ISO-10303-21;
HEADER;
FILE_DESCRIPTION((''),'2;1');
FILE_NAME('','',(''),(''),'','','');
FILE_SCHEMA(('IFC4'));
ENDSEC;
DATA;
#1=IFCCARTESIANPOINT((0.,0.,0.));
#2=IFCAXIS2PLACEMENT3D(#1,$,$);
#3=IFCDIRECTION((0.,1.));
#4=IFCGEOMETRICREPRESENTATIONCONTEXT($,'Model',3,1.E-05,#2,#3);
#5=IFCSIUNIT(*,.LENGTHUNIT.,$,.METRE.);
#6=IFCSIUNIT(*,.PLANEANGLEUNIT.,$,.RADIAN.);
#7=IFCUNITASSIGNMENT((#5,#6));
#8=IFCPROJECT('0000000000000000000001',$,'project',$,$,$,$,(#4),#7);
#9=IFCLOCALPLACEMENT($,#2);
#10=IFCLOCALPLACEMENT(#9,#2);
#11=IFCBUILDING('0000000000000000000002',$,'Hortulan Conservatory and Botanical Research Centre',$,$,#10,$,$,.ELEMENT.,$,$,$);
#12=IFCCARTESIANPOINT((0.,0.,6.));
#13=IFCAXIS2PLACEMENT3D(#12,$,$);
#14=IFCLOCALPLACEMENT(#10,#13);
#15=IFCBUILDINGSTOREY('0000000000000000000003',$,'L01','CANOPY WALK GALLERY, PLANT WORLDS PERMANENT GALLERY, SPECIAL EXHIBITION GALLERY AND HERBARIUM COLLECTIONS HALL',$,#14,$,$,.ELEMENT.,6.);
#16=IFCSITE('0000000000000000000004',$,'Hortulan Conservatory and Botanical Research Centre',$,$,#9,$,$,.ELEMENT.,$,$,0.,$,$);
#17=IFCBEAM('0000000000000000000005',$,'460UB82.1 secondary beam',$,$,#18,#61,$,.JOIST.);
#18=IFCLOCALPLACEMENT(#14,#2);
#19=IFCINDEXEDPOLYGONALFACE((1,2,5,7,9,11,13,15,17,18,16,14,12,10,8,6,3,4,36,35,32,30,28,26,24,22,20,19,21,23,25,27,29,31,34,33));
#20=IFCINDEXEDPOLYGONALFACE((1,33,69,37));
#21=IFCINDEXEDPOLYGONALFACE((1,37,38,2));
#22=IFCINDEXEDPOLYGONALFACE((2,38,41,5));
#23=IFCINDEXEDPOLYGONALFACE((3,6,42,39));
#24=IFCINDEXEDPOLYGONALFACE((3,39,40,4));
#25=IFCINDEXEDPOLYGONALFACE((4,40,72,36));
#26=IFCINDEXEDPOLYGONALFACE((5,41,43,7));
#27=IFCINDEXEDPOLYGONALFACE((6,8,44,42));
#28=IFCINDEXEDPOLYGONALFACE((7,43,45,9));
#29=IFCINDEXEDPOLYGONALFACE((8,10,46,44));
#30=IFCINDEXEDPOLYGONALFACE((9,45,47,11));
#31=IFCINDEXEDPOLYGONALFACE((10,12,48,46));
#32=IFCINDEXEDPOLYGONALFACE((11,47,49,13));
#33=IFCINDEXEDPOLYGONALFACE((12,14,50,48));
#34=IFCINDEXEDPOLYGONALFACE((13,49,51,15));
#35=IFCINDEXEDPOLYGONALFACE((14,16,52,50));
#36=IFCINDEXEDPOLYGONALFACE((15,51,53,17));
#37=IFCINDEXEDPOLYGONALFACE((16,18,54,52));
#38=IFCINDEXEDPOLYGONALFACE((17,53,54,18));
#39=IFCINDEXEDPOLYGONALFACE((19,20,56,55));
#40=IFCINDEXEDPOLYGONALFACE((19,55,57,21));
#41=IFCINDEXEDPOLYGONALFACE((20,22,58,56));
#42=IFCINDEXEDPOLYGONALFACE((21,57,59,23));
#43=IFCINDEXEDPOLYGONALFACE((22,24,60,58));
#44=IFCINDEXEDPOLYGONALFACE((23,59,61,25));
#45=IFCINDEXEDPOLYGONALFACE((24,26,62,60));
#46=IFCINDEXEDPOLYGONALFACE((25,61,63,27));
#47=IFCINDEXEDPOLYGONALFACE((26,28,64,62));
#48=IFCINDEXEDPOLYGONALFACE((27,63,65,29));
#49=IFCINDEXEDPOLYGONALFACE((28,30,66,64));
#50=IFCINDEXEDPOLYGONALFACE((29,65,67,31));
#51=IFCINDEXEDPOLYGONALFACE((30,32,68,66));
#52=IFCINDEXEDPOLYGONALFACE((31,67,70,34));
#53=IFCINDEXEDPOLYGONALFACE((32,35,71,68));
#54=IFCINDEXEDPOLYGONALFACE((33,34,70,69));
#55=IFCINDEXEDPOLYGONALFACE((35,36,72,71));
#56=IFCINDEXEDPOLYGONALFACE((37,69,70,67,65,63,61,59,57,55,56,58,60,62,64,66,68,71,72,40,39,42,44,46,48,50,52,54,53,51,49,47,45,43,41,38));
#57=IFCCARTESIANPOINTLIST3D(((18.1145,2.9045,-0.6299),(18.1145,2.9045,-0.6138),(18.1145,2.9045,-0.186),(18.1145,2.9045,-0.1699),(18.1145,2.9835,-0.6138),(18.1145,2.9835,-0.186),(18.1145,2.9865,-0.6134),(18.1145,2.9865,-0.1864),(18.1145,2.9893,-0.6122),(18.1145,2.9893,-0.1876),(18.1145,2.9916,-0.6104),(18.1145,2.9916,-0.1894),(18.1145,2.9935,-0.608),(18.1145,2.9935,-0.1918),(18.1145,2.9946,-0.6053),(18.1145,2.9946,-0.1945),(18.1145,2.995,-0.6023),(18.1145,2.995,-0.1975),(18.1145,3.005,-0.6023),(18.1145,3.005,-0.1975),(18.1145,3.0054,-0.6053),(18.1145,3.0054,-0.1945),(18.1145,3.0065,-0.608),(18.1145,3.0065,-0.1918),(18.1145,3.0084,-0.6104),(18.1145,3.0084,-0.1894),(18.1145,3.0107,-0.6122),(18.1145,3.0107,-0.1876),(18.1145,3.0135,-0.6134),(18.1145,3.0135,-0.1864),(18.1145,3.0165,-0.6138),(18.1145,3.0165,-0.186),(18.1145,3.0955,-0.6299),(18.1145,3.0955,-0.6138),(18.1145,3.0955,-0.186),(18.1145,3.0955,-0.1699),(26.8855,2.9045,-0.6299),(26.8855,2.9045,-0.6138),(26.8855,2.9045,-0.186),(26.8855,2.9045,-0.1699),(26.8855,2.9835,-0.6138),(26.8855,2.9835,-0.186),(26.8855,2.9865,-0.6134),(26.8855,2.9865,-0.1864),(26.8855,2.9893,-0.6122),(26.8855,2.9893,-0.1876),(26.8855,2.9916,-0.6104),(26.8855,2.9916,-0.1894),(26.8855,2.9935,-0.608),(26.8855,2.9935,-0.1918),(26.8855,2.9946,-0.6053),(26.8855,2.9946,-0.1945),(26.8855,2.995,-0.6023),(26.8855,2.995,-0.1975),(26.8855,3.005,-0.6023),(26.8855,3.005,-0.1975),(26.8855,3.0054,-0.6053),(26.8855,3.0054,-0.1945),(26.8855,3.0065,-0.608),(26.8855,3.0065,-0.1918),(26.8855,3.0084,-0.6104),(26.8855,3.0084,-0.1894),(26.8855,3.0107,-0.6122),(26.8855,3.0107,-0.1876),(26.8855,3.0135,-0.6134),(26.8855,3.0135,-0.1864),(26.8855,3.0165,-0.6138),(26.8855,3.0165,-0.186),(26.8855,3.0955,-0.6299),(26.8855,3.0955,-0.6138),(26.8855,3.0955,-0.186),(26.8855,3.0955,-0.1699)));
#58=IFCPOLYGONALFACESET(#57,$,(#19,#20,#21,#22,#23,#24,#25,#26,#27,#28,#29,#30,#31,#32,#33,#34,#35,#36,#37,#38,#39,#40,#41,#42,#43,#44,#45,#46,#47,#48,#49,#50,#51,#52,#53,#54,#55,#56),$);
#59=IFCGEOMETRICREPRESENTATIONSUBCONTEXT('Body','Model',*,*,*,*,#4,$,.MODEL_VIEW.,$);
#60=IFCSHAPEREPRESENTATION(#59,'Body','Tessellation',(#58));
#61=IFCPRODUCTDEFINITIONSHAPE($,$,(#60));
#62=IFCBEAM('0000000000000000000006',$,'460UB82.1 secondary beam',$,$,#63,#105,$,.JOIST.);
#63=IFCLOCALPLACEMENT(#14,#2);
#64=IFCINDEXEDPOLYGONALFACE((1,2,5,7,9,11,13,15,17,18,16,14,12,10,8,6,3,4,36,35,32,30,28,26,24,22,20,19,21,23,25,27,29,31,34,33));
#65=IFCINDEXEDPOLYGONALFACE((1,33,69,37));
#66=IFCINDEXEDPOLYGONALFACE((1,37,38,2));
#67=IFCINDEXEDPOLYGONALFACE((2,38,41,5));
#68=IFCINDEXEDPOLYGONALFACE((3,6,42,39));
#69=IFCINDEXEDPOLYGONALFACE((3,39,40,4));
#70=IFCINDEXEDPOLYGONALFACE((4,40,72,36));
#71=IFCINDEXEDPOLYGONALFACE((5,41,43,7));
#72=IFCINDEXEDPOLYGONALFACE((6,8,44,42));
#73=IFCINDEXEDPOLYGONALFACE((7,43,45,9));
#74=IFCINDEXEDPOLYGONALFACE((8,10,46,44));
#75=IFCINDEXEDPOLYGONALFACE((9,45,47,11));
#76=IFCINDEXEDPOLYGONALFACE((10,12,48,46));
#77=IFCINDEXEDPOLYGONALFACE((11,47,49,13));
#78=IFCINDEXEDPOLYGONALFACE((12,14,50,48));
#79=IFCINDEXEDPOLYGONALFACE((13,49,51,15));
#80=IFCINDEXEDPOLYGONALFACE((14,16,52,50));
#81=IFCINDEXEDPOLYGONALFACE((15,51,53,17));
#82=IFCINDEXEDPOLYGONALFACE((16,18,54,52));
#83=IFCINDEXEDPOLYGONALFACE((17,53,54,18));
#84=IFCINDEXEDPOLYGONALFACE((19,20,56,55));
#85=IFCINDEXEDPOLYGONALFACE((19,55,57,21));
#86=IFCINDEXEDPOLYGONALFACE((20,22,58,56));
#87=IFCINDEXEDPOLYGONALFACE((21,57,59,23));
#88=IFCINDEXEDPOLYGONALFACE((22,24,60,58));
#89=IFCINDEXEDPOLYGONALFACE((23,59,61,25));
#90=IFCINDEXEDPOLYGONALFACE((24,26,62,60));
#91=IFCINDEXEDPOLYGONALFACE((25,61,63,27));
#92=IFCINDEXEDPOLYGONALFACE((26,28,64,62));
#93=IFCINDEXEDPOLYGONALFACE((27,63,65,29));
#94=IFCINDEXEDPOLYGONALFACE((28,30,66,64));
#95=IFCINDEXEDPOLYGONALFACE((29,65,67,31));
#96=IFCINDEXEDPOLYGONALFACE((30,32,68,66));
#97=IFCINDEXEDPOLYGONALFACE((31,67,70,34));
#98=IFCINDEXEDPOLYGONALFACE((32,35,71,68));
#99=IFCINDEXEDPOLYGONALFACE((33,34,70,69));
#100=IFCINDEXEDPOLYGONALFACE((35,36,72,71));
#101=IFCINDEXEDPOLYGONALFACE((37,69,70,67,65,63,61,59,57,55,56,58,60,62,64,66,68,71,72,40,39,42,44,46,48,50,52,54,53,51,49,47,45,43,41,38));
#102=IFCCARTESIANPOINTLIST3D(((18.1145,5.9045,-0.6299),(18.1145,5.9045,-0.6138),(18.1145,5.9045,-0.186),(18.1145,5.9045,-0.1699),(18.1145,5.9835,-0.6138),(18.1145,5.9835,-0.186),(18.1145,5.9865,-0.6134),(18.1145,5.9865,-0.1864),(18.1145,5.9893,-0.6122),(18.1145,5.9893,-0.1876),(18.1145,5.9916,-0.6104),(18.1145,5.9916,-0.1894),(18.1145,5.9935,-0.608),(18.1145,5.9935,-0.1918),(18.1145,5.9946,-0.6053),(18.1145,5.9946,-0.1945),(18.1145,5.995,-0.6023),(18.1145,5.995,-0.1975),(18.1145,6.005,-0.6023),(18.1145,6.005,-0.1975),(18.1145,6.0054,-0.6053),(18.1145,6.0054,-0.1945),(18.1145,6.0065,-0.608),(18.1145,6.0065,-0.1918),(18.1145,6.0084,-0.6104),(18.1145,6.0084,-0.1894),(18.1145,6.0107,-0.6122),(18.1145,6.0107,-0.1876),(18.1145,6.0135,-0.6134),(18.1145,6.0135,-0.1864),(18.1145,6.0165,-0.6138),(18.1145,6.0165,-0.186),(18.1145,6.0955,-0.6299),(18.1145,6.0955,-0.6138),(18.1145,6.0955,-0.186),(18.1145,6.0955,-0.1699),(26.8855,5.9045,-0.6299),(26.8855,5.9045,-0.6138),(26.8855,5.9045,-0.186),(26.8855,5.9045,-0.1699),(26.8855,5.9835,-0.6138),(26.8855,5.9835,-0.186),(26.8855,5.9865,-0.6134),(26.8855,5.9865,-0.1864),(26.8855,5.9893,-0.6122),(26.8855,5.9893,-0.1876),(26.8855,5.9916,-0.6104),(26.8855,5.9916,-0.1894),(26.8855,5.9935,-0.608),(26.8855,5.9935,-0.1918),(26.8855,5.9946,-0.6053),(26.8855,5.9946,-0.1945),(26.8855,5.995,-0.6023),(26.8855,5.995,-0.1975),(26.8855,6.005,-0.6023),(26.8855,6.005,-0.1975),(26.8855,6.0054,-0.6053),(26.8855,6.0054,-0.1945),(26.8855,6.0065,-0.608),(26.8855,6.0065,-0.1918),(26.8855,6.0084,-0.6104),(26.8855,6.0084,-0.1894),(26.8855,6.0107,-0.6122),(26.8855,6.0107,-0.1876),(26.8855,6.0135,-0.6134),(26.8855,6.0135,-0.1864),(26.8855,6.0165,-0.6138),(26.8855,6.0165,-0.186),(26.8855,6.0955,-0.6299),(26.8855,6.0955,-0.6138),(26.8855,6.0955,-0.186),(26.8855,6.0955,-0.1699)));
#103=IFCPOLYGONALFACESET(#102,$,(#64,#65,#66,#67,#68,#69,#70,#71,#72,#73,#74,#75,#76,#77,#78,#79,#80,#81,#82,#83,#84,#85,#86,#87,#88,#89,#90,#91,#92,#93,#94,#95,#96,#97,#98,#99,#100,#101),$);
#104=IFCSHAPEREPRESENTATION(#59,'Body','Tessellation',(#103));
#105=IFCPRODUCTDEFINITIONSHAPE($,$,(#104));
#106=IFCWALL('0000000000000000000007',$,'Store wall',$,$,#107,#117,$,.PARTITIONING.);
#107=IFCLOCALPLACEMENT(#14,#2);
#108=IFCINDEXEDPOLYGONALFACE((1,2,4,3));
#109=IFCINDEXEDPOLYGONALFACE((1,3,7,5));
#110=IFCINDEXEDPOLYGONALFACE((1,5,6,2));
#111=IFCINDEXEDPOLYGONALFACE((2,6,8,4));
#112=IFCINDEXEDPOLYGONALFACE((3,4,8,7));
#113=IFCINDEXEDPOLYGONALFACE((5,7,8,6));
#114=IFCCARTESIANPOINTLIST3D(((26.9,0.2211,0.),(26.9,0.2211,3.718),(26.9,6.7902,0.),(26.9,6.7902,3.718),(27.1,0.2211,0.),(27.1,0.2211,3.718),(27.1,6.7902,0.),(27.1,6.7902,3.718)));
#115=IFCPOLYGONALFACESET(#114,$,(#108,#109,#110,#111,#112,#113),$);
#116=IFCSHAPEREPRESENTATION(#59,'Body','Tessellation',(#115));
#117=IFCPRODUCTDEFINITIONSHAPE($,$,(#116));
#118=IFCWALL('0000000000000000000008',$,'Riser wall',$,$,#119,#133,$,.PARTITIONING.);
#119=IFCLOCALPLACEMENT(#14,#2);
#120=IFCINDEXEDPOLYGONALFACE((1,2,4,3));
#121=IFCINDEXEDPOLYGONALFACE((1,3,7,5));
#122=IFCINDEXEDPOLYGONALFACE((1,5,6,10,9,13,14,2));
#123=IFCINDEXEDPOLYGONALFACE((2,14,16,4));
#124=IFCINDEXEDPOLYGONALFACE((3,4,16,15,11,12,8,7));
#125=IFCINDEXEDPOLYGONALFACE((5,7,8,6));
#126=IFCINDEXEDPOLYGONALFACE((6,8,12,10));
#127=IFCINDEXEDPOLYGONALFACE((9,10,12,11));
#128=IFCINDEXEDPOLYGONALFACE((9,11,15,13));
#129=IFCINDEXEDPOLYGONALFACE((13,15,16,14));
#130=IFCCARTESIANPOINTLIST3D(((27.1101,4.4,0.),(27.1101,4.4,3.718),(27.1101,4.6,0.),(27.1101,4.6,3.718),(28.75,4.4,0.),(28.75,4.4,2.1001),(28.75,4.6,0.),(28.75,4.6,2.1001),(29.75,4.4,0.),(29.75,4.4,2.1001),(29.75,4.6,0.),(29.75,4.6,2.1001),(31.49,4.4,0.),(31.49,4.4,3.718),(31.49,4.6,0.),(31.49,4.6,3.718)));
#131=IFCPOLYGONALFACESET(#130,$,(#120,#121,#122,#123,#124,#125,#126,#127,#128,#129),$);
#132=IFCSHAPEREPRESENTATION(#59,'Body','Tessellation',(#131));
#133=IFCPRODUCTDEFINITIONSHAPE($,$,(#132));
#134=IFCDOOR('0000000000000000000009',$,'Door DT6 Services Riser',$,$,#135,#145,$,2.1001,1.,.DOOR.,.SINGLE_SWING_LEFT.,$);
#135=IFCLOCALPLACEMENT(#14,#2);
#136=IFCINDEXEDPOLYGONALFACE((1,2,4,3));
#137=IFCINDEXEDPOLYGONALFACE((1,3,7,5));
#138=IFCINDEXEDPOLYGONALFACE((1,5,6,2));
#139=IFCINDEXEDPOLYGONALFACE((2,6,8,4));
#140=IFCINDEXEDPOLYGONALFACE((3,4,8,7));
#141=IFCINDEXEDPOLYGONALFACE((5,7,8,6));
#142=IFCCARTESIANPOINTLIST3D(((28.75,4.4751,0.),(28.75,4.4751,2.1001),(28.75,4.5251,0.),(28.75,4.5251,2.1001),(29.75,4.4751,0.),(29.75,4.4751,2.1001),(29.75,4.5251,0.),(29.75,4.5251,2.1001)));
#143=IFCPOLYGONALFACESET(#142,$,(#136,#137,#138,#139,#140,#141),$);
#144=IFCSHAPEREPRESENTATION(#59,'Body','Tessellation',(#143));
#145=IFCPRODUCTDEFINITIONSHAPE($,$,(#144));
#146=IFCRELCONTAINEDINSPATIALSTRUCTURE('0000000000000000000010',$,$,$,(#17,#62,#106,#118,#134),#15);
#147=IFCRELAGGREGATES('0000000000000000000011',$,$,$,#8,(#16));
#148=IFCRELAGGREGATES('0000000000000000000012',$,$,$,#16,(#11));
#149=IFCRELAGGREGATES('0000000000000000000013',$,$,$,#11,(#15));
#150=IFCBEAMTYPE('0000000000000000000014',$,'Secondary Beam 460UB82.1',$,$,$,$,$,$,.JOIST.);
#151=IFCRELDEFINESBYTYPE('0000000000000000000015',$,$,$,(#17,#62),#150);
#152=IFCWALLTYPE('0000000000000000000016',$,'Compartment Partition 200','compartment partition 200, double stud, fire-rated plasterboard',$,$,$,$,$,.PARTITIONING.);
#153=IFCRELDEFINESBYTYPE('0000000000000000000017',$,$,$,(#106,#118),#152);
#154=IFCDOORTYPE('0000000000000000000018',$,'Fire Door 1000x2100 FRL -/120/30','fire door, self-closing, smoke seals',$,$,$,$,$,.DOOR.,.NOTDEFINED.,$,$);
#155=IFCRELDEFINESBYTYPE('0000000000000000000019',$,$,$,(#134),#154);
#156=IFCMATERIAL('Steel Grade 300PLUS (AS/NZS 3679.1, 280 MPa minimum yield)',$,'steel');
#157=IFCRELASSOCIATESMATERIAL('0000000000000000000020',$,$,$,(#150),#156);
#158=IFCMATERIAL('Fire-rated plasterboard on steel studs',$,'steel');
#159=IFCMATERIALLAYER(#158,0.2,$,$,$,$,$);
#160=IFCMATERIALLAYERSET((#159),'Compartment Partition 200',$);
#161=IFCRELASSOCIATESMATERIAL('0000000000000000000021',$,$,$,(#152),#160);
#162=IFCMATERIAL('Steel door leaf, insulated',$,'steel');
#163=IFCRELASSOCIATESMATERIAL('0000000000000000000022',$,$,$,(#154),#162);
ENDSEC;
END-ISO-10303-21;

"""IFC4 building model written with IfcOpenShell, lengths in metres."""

from ifc_helpers import new_model, si_unit, direction, frame, frame_2d, origin, origin_2d, place, context, subcontext, project, spatial, rectangle, i_section, extrude, material, layer, layer_set, material_profile, profile_set, type_object, element, fill, save


model = new_model("IFC4")

# Units and contexts
model_context = context("Model", 3, precision=1e-05, world=origin(), true_north=direction((0.0, 1.0)))
body_context = subcontext(model_context, "Body", "Model", "MODEL_VIEW")
ifc_project = project(units=[si_unit("LENGTHUNIT", "METRE"), si_unit("PLANEANGLEUNIT", "RADIAN")], contexts=[model_context])

# Site, building, storey
site_placement = place(None, origin())
site = spatial("IfcSite", under=ifc_project, at=site_placement, Name="Hortulan Conservatory and Botanical Research Centre", CompositionType="ELEMENT", RefElevation=0.0)
building_placement = place(site_placement, origin())
building = spatial("IfcBuilding", under=site, at=building_placement, Name="Hortulan Conservatory and Botanical Research Centre", CompositionType="ELEMENT")
storey_placement = place(building_placement, frame((0.0, 0.0, 6.0)))
storey = spatial("IfcBuildingStorey", under=building, at=storey_placement, Name="L01", Description="CANOPY WALK GALLERY, PLANT WORLDS PERMANENT GALLERY, SPECIAL EXHIBITION GALLERY AND HERBARIUM COLLECTIONS HALL", CompositionType="ELEMENT", Elevation=6.0)

# Beams
ifc_material_1 = material(Name="Steel Grade 300PLUS (AS/NZS 3679.1, 280 MPa minimum yield)", Category="steel")
ifc_material_profile_1 = material_profile(ifc_material_1, i_section(OverallWidth=0.1909, OverallDepth=0.46, WebThickness=0.01, FlangeThickness=0.0161, FilletRadius=0.0115, at=origin_2d()), Name="460UB82.1")
ifc_profile_set_1 = profile_set([ifc_material_profile_1], Name="Steel Grade 300PLUS (AS/NZS 3679.1, 280 MPa minimum yield)")
beam_type_1 = type_object("IfcBeamType", Name="Secondary Beam 460UB82.1", PredefinedType="JOIST", material=ifc_profile_set_1)
for number, where, z_axis, x_axis, name in (
    (1, (18.1145, 3.0, -0.3999), (1.0, 0.0, 0.0), (0.0, 1.0, 0.0), "460UB82.1 secondary beam"),
    (2, (18.1145, 6.0, -0.3999), (1.0, 0.0, 0.0), (0.0, 1.0, 0.0), "460UB82.1 secondary beam"),
):
    element("IfcBeam", number, at=place(storey_placement, frame(where, z_axis=z_axis, x_axis=x_axis)), inside=storey, type_object=beam_type_1, Name=name, PredefinedType="JOIST", context=body_context, shape_type="SweptSolid", body=[
        extrude(i_section(OverallWidth=0.1909, OverallDepth=0.46, WebThickness=0.01, FlangeThickness=0.0161, FilletRadius=0.0115, at=origin_2d()), origin(), (0.0, 0.0, 1.0), 8.771),
    ])

# Wall
ifc_material_2 = material(Name="Fire-rated plasterboard on steel studs", Category="steel")
ifc_layer_1 = layer(ifc_material_2, 0.2)
ifc_layer_set_1 = layer_set([ifc_layer_1], Name="Compartment Partition 200")
wall_type_1 = type_object("IfcWallType", Name="Compartment Partition 200", Description="compartment partition 200, double stud, fire-rated plasterboard", PredefinedType="PARTITIONING", material=ifc_layer_set_1)
wall_1_placement = place(storey_placement, frame((27.0, 0.2209, 0.0), z_axis=(0.0, 0.0, 1.0), x_axis=(0.0, 1.0, 0.0)))
element("IfcWall", 3, at=wall_1_placement, inside=storey, type_object=wall_type_1, Name="Store wall", PredefinedType="PARTITIONING", context=body_context, shape_type="SweptSolid", body=[
    extrude(rectangle(XDim=6.5691, YDim=0.2, at=frame_2d((3.2847, 0.0))), origin(), (0.0, 0.0, 1.0), 3.718),
])

# Wall, opening, door
wall_2_placement = place(storey_placement, frame((27.1101, 4.5, 0.0), z_axis=(0.0, 0.0, 1.0), x_axis=(1.0, 0.0, 0.0)))
wall_2 = element("IfcWall", 4, at=wall_2_placement, inside=storey, type_object=wall_type_1, Name="Riser wall", PredefinedType="PARTITIONING", context=body_context, shape_type="SweptSolid", body=[
    extrude(rectangle(XDim=4.3799, YDim=0.2, at=frame_2d((2.1899, 0.0))), origin(), (0.0, 0.0, 1.0), 3.718),
])
opening_1_placement = place(wall_2_placement, frame((1.6399, 0.0, 0.0)))
opening_1 = element("IfcOpeningElement", 5, at=opening_1_placement, cuts=wall_2, PredefinedType="OPENING", context=body_context, shape_type="SweptSolid", body=[
    extrude(rectangle(XDim=1.0, YDim=2.1001, at=frame_2d((0.5, 1.05))), frame((0.0, 0.1099, 0.0), z_axis=(0.0, -1.0, 0.0), x_axis=(1.0, 0.0, 0.0)), (0.0, 0.0, 1.0), 0.22),
])
ifc_material_3 = material(Name="Steel door leaf, insulated", Category="steel")
door_type_1 = type_object("IfcDoorType", Name="Fire Door 1000x2100 FRL -/120/30", Description="fire door, self-closing, smoke seals", OperationType="NOTDEFINED", PredefinedType="DOOR", material=ifc_material_3)
door_1_placement = place(opening_1_placement, frame((1.0, 0.0, 0.0), z_axis=(0.0, 0.0, 1.0), x_axis=(-1.0, 0.0, 0.0)))
door_1 = element("IfcDoor", 6, at=door_1_placement, inside=storey, type_object=door_type_1, Name="Door DT6 Services Riser", OperationType="SINGLE_SWING_LEFT", OverallHeight=2.1001, OverallWidth=1.0, PredefinedType="DOOR", context=body_context, shape_type="SweptSolid", body=[
    extrude(rectangle(XDim=1.0, YDim=2.1001, at=frame_2d((0.5, 1.05))), frame((0.0, 0.0249, 0.0), z_axis=(0.0, -1.0, 0.0), x_axis=(1.0, 0.0, 0.0)), (0.0, 0.0, 1.0), 0.05),
])
fill(opening_1, door_1)

save(model, "model.ifc")
